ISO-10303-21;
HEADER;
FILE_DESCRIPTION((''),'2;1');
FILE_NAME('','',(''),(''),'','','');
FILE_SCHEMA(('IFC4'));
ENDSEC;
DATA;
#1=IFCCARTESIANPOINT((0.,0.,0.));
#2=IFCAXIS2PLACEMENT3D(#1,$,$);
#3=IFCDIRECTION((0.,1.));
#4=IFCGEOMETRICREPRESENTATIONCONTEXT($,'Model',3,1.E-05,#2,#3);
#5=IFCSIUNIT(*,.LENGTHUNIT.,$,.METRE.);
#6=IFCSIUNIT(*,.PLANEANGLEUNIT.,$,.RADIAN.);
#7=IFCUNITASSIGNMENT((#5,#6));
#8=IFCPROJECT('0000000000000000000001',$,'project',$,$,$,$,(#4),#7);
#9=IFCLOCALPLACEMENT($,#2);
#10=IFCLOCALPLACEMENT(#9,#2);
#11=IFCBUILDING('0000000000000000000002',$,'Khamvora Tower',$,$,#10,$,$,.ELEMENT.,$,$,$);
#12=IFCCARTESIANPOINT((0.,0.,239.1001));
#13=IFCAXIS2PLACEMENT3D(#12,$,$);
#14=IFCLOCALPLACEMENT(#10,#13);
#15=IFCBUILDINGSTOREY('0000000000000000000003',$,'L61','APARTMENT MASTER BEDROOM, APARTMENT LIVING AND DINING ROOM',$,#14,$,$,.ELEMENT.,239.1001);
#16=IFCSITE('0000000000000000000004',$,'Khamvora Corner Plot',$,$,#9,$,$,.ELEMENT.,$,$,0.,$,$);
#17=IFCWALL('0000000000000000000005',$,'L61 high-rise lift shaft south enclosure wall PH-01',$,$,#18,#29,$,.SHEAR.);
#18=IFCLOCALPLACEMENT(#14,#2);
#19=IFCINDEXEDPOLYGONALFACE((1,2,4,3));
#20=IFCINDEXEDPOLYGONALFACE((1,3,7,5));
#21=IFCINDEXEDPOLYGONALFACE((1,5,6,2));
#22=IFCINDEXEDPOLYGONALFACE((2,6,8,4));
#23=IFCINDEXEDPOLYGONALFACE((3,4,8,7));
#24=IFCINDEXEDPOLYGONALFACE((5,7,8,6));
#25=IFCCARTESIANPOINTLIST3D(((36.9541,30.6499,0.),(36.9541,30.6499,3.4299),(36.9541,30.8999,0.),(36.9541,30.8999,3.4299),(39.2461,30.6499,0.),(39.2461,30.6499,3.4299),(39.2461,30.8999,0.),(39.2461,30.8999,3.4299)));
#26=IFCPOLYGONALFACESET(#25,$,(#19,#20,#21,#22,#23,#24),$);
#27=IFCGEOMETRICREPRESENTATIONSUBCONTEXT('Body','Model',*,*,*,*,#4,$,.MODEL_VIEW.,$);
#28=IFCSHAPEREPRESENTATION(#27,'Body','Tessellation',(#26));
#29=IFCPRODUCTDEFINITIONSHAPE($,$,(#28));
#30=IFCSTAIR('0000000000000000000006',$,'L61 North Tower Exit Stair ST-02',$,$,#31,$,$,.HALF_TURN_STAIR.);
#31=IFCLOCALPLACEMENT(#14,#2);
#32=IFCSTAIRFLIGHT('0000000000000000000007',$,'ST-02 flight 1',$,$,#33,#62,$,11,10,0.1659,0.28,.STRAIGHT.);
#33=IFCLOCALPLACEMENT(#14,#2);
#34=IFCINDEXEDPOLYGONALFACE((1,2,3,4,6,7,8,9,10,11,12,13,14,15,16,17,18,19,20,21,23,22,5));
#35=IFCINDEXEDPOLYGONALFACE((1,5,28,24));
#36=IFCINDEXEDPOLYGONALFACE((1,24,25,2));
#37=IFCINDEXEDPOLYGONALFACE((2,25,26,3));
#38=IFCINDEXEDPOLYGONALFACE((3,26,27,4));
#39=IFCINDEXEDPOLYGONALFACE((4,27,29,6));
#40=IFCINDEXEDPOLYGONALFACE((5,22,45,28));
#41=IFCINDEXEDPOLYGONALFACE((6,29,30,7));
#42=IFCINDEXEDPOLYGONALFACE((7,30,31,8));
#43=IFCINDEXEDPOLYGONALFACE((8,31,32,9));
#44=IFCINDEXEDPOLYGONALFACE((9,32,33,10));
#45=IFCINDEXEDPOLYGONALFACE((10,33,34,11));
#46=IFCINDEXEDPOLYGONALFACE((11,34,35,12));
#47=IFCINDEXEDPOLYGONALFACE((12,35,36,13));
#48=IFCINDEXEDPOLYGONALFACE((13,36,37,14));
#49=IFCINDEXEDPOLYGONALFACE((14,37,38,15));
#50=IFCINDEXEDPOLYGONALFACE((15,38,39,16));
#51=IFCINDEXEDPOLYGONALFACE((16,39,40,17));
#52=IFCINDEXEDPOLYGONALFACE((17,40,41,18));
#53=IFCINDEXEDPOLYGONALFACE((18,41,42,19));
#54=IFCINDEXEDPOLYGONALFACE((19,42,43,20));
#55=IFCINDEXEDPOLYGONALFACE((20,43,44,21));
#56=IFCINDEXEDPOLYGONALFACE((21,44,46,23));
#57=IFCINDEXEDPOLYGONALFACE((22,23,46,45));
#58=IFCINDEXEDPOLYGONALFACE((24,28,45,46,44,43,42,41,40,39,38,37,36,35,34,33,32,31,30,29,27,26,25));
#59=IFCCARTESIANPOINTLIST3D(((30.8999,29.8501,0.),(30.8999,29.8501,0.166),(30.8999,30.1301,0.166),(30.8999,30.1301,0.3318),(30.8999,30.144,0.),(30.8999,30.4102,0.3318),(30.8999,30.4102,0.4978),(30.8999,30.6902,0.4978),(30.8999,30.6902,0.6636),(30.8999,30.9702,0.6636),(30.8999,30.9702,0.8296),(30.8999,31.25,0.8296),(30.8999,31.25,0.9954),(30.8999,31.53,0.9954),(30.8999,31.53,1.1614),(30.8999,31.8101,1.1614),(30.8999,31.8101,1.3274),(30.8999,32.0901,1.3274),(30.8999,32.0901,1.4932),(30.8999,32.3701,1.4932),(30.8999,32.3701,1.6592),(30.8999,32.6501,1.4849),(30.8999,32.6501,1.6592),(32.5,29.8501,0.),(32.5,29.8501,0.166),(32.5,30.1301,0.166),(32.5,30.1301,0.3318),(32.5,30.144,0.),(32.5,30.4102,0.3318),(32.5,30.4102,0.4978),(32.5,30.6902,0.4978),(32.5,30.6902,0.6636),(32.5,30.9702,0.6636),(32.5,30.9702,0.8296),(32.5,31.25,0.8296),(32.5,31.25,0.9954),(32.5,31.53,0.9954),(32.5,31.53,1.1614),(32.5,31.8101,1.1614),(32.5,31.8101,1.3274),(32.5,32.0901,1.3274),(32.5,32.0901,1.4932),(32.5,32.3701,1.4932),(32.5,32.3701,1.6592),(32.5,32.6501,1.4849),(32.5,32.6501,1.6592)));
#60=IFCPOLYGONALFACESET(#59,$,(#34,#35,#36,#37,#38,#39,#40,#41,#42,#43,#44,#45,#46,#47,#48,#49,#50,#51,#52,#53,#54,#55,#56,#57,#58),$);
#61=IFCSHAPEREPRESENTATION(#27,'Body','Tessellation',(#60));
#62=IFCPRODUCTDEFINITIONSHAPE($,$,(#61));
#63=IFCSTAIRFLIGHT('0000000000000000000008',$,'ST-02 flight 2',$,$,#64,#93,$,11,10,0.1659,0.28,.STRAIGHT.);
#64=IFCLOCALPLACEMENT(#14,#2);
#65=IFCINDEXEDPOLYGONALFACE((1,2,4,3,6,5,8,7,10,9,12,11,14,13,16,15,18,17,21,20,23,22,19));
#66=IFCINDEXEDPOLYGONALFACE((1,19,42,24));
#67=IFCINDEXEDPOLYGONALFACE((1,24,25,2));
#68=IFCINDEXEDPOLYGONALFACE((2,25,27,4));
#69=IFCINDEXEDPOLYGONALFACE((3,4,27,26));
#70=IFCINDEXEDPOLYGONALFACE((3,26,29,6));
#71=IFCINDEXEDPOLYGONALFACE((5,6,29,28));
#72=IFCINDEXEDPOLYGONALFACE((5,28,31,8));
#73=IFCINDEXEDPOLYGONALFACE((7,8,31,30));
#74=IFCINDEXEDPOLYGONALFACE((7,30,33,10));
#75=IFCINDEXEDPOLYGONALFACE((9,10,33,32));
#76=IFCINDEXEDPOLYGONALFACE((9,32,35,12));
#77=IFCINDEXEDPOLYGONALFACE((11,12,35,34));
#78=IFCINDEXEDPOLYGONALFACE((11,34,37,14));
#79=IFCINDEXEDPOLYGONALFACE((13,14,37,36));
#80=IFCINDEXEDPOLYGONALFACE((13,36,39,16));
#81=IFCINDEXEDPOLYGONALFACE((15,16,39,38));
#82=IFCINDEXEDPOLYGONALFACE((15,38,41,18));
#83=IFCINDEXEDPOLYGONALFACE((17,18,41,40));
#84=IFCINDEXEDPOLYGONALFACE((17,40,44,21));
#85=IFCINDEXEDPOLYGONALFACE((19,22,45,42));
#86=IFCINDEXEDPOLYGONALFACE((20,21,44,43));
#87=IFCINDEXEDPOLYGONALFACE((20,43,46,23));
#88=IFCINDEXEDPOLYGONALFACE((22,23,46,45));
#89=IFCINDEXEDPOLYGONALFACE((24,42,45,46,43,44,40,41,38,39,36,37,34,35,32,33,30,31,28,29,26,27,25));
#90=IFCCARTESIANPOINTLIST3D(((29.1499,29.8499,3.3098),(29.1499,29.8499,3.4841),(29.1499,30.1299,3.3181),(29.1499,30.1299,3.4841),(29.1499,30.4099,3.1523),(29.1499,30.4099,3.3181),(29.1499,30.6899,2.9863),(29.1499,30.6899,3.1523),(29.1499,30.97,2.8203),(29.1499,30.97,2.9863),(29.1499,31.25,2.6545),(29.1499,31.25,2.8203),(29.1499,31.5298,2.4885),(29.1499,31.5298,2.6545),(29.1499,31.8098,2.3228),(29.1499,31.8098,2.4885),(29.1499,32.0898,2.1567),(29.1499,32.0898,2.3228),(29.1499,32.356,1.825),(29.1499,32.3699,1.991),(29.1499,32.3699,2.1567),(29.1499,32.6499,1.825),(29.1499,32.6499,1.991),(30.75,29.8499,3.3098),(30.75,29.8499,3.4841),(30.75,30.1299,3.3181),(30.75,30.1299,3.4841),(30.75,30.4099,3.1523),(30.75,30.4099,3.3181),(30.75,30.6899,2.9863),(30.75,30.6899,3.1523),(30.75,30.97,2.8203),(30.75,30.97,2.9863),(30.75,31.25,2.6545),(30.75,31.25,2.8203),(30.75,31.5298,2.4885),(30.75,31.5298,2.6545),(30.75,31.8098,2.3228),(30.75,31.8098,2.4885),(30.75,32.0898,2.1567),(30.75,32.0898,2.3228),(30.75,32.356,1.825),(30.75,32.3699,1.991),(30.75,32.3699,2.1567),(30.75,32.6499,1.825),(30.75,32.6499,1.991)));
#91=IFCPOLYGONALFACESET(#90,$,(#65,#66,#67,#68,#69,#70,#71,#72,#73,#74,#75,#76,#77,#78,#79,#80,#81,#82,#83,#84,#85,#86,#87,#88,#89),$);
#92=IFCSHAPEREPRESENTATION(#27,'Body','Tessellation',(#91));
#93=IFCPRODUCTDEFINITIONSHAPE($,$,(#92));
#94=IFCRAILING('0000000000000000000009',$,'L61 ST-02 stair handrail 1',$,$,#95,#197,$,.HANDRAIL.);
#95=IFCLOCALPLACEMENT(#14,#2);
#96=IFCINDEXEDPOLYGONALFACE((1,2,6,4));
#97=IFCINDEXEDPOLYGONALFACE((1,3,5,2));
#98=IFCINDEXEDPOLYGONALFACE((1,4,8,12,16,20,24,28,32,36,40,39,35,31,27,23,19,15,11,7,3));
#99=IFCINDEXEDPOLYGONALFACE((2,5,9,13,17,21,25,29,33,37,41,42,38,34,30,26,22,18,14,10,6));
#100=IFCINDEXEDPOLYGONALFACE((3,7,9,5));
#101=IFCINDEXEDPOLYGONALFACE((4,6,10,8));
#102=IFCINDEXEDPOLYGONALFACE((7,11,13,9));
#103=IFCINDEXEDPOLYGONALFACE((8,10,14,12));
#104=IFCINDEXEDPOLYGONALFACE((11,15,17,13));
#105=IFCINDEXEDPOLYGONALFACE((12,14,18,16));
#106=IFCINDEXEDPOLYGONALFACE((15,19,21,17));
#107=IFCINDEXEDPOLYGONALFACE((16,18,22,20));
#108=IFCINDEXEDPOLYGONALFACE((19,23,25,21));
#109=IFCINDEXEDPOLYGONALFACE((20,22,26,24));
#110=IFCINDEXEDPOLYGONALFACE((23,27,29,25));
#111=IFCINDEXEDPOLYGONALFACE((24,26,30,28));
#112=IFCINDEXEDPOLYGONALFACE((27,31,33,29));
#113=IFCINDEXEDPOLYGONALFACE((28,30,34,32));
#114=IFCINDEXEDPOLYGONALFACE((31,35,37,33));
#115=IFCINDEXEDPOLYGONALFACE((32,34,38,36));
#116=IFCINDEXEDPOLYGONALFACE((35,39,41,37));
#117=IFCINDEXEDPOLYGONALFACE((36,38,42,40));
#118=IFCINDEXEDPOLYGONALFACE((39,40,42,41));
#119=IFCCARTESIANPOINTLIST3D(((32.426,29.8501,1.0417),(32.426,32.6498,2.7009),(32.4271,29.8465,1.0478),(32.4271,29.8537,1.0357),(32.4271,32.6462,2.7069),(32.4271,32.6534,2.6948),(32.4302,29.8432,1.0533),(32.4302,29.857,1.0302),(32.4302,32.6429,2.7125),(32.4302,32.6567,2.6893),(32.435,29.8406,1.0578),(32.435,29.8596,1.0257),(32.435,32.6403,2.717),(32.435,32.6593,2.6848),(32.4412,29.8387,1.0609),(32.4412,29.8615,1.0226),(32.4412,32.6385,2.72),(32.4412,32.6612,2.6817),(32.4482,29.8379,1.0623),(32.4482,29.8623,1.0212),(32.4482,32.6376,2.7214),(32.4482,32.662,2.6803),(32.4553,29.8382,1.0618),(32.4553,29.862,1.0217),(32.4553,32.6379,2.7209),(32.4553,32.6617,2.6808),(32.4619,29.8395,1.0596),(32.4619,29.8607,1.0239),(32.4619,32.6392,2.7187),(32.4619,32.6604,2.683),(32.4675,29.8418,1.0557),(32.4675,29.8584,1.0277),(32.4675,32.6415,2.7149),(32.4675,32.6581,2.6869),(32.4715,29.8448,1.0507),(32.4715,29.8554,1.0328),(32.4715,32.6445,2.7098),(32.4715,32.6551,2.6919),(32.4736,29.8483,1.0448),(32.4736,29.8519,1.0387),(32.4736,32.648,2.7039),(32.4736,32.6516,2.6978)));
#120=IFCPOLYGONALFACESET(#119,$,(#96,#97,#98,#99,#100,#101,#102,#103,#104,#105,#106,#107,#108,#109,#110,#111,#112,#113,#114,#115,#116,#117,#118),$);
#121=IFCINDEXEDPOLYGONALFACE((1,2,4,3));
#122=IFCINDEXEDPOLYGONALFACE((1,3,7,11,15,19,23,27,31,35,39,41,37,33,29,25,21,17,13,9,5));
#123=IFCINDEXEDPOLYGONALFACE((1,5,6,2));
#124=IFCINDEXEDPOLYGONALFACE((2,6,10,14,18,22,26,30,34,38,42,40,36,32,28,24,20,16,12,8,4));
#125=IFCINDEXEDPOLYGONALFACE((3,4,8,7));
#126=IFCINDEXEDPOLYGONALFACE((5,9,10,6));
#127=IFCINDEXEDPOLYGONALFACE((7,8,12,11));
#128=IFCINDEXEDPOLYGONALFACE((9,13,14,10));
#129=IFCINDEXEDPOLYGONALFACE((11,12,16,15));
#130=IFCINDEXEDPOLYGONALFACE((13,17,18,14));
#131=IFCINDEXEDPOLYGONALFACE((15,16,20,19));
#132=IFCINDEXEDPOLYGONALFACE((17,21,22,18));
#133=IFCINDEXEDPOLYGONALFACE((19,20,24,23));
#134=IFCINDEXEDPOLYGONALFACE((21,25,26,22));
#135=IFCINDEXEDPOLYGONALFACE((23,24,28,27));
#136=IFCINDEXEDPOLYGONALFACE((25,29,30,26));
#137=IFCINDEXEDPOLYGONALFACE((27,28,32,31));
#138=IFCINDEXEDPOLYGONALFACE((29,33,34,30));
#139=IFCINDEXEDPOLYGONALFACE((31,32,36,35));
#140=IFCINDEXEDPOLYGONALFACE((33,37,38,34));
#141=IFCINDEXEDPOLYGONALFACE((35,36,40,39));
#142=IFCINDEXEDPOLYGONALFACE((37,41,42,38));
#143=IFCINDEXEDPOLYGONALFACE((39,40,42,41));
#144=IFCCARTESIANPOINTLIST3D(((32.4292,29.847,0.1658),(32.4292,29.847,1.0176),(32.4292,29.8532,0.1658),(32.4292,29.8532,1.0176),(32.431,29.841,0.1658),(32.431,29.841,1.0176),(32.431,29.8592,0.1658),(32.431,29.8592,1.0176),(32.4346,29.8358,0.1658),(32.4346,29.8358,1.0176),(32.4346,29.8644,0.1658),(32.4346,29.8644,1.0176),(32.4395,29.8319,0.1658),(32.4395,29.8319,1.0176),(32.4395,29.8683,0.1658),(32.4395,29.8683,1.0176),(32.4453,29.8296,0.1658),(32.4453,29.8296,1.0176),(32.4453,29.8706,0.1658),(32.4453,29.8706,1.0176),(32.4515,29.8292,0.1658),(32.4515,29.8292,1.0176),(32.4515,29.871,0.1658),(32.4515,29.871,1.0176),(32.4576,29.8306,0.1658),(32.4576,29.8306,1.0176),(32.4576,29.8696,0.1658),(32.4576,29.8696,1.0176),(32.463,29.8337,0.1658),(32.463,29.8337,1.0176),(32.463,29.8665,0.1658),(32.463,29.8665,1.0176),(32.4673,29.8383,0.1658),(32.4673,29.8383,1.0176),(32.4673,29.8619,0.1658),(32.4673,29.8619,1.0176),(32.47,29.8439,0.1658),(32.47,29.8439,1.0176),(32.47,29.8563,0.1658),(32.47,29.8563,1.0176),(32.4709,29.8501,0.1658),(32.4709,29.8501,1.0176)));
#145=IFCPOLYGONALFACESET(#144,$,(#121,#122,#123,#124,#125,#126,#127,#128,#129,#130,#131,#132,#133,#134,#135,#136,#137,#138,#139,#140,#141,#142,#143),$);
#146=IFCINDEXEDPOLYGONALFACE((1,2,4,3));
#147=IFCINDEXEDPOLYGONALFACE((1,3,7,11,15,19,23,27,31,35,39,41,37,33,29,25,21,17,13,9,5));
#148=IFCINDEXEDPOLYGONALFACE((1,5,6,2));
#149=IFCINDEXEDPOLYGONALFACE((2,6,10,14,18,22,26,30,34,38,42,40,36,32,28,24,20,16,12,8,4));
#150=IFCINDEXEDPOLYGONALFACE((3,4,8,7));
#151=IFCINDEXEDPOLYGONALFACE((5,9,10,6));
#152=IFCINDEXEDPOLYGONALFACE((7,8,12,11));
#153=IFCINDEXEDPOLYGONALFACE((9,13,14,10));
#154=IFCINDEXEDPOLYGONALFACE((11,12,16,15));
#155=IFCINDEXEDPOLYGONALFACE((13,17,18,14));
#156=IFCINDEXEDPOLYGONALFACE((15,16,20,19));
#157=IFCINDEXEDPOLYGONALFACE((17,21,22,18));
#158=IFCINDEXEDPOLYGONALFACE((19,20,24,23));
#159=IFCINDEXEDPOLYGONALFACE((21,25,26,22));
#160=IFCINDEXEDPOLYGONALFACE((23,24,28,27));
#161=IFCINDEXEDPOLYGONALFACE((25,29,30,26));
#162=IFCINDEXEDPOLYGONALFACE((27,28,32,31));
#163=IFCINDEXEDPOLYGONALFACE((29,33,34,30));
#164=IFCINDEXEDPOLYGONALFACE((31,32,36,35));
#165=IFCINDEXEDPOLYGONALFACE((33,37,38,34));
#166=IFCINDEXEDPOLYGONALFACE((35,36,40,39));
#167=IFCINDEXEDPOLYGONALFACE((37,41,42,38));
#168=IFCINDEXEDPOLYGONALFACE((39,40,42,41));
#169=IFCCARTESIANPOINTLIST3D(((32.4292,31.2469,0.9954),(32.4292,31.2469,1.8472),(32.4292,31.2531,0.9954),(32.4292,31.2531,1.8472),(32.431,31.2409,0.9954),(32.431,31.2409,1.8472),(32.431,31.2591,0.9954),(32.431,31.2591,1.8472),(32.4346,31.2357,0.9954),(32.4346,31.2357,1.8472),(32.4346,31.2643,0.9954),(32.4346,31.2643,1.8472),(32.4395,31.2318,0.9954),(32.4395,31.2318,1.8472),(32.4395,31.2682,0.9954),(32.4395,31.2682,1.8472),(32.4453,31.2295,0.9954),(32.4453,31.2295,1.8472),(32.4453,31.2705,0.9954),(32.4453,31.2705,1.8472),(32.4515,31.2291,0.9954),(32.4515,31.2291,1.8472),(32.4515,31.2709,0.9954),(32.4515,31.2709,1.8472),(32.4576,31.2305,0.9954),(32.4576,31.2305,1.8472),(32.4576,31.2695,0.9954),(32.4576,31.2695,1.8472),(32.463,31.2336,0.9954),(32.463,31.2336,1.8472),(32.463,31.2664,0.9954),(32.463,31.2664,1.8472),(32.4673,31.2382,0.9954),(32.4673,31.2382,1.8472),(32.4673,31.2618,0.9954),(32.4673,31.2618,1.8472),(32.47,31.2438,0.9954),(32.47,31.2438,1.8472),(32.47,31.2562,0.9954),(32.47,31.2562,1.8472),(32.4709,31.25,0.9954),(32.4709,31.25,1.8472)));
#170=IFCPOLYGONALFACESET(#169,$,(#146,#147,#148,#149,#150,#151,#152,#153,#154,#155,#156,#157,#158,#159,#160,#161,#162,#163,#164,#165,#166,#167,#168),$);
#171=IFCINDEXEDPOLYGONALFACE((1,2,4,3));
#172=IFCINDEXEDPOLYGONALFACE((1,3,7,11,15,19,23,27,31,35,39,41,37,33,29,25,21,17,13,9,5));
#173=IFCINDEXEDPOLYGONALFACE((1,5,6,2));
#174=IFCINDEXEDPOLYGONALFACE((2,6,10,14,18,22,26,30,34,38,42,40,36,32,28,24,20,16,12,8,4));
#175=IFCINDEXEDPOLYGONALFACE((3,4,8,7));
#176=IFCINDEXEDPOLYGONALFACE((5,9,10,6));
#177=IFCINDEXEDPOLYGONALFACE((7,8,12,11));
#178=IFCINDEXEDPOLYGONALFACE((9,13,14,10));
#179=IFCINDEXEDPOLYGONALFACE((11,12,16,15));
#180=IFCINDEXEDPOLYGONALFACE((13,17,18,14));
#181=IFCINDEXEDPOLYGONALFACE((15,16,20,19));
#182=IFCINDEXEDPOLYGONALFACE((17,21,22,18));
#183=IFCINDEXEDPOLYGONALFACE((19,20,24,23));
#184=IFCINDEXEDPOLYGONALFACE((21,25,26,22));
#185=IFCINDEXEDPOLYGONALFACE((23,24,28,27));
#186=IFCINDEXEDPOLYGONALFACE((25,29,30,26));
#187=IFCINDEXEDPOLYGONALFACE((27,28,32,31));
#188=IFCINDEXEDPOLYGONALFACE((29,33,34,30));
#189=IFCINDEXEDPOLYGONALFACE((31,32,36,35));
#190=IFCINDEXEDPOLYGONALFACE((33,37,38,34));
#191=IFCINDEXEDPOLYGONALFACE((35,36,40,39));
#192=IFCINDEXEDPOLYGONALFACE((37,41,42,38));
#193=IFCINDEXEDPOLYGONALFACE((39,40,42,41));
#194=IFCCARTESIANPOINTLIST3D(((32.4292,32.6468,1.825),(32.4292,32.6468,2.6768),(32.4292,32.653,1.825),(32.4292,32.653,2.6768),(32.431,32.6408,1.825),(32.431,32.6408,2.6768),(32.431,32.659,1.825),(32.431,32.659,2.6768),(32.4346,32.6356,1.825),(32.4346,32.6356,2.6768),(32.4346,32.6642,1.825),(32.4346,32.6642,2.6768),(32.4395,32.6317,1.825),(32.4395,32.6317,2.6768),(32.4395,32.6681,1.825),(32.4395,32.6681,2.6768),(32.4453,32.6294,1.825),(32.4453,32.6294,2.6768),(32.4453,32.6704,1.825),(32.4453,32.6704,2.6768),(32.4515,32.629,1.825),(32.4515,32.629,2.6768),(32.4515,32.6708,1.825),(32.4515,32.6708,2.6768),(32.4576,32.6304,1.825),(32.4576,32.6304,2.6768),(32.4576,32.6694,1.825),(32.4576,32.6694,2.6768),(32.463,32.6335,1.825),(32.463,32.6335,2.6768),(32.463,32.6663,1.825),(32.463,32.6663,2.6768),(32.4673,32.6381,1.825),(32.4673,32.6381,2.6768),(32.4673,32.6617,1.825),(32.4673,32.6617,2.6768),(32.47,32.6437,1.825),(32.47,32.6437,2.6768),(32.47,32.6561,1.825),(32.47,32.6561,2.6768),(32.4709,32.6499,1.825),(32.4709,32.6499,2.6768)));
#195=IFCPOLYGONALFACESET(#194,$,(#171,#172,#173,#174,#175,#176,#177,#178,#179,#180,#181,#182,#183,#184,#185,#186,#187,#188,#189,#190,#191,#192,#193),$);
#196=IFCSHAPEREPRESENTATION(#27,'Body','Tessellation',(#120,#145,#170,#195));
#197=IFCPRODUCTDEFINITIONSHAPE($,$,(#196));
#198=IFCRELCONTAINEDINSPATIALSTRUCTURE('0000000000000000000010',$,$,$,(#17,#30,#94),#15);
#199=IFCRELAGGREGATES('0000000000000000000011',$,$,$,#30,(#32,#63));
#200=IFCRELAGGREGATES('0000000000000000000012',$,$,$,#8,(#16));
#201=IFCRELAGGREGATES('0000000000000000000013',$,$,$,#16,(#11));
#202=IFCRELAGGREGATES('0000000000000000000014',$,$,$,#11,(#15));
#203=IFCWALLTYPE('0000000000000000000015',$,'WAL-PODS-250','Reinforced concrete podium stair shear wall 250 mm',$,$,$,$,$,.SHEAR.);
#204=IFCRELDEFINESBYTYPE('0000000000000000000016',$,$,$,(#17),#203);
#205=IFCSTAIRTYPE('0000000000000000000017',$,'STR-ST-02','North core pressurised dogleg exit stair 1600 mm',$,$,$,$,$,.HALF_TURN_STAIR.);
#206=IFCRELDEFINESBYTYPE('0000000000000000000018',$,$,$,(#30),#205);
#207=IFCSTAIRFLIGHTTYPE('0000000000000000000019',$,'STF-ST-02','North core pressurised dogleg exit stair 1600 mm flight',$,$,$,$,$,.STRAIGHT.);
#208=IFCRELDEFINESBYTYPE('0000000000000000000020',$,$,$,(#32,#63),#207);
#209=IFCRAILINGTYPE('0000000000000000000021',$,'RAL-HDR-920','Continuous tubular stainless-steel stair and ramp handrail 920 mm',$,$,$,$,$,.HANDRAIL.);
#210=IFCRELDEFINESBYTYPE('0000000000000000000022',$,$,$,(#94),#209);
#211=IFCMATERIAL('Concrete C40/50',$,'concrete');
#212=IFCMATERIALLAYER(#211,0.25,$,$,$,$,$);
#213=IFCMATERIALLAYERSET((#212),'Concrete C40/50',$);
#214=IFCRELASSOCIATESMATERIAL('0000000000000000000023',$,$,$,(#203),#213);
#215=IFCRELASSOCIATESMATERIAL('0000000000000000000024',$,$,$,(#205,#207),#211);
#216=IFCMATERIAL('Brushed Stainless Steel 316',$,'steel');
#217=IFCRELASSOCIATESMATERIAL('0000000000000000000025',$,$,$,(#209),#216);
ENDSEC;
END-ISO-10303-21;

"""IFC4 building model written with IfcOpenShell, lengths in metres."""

from ifc_helpers import new_model, si_unit, direction, frame, frame_2d, origin, origin_2d, place, context, subcontext, project, spatial, polyline, rectangle, circle, outline, extrude, material, layer, layer_set, type_object, element, aggregate, save


model = new_model("IFC4")

# Units and contexts
model_context = context("Model", 3, precision=1e-05, world=origin(), true_north=direction((0.0, 1.0)))
body_context = subcontext(model_context, "Body", "Model", "MODEL_VIEW")
ifc_project = project(units=[si_unit("LENGTHUNIT", "METRE"), si_unit("PLANEANGLEUNIT", "RADIAN")], contexts=[model_context])

# Site, building, storey
site_placement = place(None, origin())
site = spatial("IfcSite", under=ifc_project, at=site_placement, Name="Khamvora Corner Plot", CompositionType="ELEMENT", RefElevation=0.0)
building_placement = place(site_placement, origin())
building = spatial("IfcBuilding", under=site, at=building_placement, Name="Khamvora Tower", CompositionType="ELEMENT")
storey_placement = place(building_placement, frame((0.0, 0.0, 239.1001)))
storey = spatial("IfcBuildingStorey", under=building, at=storey_placement, Name="L61", Description="APARTMENT MASTER BEDROOM, APARTMENT LIVING AND DINING ROOM", CompositionType="ELEMENT", Elevation=239.1001)

# Wall
ifc_material_1 = material(Name="Concrete C40/50", Category="concrete")
ifc_layer_1 = layer(ifc_material_1, 0.25)
ifc_layer_set_1 = layer_set([ifc_layer_1], Name="Concrete C40/50")
wall_type_1 = type_object("IfcWallType", Name="WAL-PODS-250", Description="Reinforced concrete podium stair shear wall 250 mm", PredefinedType="SHEAR", material=ifc_layer_set_1)
wall_1_placement = place(storey_placement, frame((36.9541, 30.7749, 0.0), z_axis=(0.0, 0.0, 1.0), x_axis=(1.0, 0.0, 0.0)))
element("IfcWall", 1, at=wall_1_placement, inside=storey, type_object=wall_type_1, Name="L61 high-rise lift shaft south enclosure wall PH-01", PredefinedType="SHEAR", context=body_context, shape_type="SweptSolid", body=[
    extrude(rectangle(XDim=2.292, YDim=0.25, at=frame_2d((1.146, 0.0))), origin(), (0.0, 0.0, 1.0), 3.4299),
])

# Stair, stair flights
stair_type = type_object("IfcStairType", Name="STR-ST-02", Description="North core pressurised dogleg exit stair 1600 mm", PredefinedType="HALF_TURN_STAIR", material=ifc_material_1)
stair_placement = place(storey_placement, origin())
stair = element("IfcStair", 2, at=stair_placement, inside=storey, type_object=stair_type, Name="L61 North Tower Exit Stair ST-02", PredefinedType="HALF_TURN_STAIR")
stair_flight_type = type_object("IfcStairFlightType", Name="STF-ST-02", Description="North core pressurised dogleg exit stair 1600 mm flight", PredefinedType="STRAIGHT", material=ifc_material_1)
stair_flight_1_placement = place(storey_placement, frame((31.7, 29.8501, 0.0), z_axis=(0.0, 0.0, 1.0), x_axis=(0.0, 1.0, 0.0)))
stair_flight_1 = element("IfcStairFlight", 3, at=stair_flight_1_placement, type_object=stair_flight_type, Name="ST-02 flight 1", NumberOfRisers=11, NumberOfTreads=10, PredefinedType="STRAIGHT", RiserHeight=0.1659, TreadLength=0.28, context=body_context, shape_type="SweptSolid", body=[
    extrude(outline(polyline([(0.0, 0.0), (0.0, 0.166), (0.28, 0.166), (0.28, 0.3318), (0.5601, 0.3318), (0.5601, 0.4978), (0.8401, 0.4978), (0.8401, 0.6636), (1.1201, 0.6636), (1.1201, 0.8296), (1.3999, 0.8296), (1.3999, 0.9954), (1.6799, 0.9954), (1.6799, 1.1614), (1.96, 1.1614), (1.96, 1.3274), (2.24, 1.3274), (2.24, 1.4932), (2.52, 1.4932), (2.52, 1.6592), (2.8, 1.6592), (2.8, 1.825), (2.8, 1.4849), (0.2939, 0.0), (0.0, 0.0)])), frame((0.0, 0.8, 0.0), z_axis=(0.0, -1.0, 0.0), x_axis=(1.0, 0.0, 0.0)), (0.0, 0.0, 1.0), 1.6001),
])
stair_flight_2_placement = place(storey_placement, frame((29.95, 32.6499, 1.825), z_axis=(0.0, 0.0, 1.0), x_axis=(0.0, -1.0, 0.0)))
stair_flight_2 = element("IfcStairFlight", 4, at=stair_flight_2_placement, type_object=stair_flight_type, Name="ST-02 flight 2", NumberOfRisers=11, NumberOfTreads=10, PredefinedType="STRAIGHT", RiserHeight=0.1659, TreadLength=0.28, context=body_context, shape_type="SweptSolid", body=[
    extrude(outline(polyline([(0.0, 0.0), (0.0, 0.166), (0.28, 0.166), (0.28, 0.3318), (0.5601, 0.3318), (0.5601, 0.4978), (0.8401, 0.4978), (0.8401, 0.6636), (1.1201, 0.6636), (1.1201, 0.8296), (1.3999, 0.8296), (1.3999, 0.9954), (1.6799, 0.9954), (1.6799, 1.1614), (1.96, 1.1614), (1.96, 1.3274), (2.24, 1.3274), (2.24, 1.4932), (2.52, 1.4932), (2.52, 1.6592), (2.8, 1.6592), (2.8, 1.825), (2.8, 1.4849), (0.2939, 0.0), (0.0, 0.0)])), frame((0.0, 0.8, 0.0), z_axis=(0.0, -1.0, 0.0), x_axis=(1.0, 0.0, 0.0)), (0.0, 0.0, 1.0), 1.6001),
])
aggregate(stair, [stair_flight_1, stair_flight_2])

# Railing
ifc_material_2 = material(Name="Brushed Stainless Steel 316", Category="steel")
railing_type_1 = type_object("IfcRailingType", Name="RAL-HDR-920", Description="Continuous tubular stainless-steel stair and ramp handrail 920 mm", PredefinedType="HANDRAIL", material=ifc_material_2)
railing_1_placement = place(storey_placement, frame((32.45, 29.8501, 0.1658)))
element("IfcRailing", 5, at=railing_1_placement, inside=storey, type_object=railing_type_1, Name="L61 ST-02 stair handrail 1", PredefinedType="HANDRAIL", context=body_context, shape_type="SweptSolid", body=[
    extrude(circle(Radius=0.0239, at=origin_2d()), frame((0.0, 0.0, 0.876), z_axis=(0.0, 0.860287, 0.509811), x_axis=(-1.0, 0.0, 0.0)), (0.0, 0.0, 1.0), 3.2544),
    extrude(circle(Radius=0.021, at=origin_2d()), origin(), (0.0, 0.0, 1.0), 0.8518),
    extrude(circle(Radius=0.021, at=origin_2d()), frame((0.0, 1.3999, 0.8296)), (0.0, 0.0, 1.0), 0.8518),
    extrude(circle(Radius=0.021, at=origin_2d()), frame((0.0, 2.7998, 1.6592)), (0.0, 0.0, 1.0), 0.8518),
])

save(model, "model.ifc")
